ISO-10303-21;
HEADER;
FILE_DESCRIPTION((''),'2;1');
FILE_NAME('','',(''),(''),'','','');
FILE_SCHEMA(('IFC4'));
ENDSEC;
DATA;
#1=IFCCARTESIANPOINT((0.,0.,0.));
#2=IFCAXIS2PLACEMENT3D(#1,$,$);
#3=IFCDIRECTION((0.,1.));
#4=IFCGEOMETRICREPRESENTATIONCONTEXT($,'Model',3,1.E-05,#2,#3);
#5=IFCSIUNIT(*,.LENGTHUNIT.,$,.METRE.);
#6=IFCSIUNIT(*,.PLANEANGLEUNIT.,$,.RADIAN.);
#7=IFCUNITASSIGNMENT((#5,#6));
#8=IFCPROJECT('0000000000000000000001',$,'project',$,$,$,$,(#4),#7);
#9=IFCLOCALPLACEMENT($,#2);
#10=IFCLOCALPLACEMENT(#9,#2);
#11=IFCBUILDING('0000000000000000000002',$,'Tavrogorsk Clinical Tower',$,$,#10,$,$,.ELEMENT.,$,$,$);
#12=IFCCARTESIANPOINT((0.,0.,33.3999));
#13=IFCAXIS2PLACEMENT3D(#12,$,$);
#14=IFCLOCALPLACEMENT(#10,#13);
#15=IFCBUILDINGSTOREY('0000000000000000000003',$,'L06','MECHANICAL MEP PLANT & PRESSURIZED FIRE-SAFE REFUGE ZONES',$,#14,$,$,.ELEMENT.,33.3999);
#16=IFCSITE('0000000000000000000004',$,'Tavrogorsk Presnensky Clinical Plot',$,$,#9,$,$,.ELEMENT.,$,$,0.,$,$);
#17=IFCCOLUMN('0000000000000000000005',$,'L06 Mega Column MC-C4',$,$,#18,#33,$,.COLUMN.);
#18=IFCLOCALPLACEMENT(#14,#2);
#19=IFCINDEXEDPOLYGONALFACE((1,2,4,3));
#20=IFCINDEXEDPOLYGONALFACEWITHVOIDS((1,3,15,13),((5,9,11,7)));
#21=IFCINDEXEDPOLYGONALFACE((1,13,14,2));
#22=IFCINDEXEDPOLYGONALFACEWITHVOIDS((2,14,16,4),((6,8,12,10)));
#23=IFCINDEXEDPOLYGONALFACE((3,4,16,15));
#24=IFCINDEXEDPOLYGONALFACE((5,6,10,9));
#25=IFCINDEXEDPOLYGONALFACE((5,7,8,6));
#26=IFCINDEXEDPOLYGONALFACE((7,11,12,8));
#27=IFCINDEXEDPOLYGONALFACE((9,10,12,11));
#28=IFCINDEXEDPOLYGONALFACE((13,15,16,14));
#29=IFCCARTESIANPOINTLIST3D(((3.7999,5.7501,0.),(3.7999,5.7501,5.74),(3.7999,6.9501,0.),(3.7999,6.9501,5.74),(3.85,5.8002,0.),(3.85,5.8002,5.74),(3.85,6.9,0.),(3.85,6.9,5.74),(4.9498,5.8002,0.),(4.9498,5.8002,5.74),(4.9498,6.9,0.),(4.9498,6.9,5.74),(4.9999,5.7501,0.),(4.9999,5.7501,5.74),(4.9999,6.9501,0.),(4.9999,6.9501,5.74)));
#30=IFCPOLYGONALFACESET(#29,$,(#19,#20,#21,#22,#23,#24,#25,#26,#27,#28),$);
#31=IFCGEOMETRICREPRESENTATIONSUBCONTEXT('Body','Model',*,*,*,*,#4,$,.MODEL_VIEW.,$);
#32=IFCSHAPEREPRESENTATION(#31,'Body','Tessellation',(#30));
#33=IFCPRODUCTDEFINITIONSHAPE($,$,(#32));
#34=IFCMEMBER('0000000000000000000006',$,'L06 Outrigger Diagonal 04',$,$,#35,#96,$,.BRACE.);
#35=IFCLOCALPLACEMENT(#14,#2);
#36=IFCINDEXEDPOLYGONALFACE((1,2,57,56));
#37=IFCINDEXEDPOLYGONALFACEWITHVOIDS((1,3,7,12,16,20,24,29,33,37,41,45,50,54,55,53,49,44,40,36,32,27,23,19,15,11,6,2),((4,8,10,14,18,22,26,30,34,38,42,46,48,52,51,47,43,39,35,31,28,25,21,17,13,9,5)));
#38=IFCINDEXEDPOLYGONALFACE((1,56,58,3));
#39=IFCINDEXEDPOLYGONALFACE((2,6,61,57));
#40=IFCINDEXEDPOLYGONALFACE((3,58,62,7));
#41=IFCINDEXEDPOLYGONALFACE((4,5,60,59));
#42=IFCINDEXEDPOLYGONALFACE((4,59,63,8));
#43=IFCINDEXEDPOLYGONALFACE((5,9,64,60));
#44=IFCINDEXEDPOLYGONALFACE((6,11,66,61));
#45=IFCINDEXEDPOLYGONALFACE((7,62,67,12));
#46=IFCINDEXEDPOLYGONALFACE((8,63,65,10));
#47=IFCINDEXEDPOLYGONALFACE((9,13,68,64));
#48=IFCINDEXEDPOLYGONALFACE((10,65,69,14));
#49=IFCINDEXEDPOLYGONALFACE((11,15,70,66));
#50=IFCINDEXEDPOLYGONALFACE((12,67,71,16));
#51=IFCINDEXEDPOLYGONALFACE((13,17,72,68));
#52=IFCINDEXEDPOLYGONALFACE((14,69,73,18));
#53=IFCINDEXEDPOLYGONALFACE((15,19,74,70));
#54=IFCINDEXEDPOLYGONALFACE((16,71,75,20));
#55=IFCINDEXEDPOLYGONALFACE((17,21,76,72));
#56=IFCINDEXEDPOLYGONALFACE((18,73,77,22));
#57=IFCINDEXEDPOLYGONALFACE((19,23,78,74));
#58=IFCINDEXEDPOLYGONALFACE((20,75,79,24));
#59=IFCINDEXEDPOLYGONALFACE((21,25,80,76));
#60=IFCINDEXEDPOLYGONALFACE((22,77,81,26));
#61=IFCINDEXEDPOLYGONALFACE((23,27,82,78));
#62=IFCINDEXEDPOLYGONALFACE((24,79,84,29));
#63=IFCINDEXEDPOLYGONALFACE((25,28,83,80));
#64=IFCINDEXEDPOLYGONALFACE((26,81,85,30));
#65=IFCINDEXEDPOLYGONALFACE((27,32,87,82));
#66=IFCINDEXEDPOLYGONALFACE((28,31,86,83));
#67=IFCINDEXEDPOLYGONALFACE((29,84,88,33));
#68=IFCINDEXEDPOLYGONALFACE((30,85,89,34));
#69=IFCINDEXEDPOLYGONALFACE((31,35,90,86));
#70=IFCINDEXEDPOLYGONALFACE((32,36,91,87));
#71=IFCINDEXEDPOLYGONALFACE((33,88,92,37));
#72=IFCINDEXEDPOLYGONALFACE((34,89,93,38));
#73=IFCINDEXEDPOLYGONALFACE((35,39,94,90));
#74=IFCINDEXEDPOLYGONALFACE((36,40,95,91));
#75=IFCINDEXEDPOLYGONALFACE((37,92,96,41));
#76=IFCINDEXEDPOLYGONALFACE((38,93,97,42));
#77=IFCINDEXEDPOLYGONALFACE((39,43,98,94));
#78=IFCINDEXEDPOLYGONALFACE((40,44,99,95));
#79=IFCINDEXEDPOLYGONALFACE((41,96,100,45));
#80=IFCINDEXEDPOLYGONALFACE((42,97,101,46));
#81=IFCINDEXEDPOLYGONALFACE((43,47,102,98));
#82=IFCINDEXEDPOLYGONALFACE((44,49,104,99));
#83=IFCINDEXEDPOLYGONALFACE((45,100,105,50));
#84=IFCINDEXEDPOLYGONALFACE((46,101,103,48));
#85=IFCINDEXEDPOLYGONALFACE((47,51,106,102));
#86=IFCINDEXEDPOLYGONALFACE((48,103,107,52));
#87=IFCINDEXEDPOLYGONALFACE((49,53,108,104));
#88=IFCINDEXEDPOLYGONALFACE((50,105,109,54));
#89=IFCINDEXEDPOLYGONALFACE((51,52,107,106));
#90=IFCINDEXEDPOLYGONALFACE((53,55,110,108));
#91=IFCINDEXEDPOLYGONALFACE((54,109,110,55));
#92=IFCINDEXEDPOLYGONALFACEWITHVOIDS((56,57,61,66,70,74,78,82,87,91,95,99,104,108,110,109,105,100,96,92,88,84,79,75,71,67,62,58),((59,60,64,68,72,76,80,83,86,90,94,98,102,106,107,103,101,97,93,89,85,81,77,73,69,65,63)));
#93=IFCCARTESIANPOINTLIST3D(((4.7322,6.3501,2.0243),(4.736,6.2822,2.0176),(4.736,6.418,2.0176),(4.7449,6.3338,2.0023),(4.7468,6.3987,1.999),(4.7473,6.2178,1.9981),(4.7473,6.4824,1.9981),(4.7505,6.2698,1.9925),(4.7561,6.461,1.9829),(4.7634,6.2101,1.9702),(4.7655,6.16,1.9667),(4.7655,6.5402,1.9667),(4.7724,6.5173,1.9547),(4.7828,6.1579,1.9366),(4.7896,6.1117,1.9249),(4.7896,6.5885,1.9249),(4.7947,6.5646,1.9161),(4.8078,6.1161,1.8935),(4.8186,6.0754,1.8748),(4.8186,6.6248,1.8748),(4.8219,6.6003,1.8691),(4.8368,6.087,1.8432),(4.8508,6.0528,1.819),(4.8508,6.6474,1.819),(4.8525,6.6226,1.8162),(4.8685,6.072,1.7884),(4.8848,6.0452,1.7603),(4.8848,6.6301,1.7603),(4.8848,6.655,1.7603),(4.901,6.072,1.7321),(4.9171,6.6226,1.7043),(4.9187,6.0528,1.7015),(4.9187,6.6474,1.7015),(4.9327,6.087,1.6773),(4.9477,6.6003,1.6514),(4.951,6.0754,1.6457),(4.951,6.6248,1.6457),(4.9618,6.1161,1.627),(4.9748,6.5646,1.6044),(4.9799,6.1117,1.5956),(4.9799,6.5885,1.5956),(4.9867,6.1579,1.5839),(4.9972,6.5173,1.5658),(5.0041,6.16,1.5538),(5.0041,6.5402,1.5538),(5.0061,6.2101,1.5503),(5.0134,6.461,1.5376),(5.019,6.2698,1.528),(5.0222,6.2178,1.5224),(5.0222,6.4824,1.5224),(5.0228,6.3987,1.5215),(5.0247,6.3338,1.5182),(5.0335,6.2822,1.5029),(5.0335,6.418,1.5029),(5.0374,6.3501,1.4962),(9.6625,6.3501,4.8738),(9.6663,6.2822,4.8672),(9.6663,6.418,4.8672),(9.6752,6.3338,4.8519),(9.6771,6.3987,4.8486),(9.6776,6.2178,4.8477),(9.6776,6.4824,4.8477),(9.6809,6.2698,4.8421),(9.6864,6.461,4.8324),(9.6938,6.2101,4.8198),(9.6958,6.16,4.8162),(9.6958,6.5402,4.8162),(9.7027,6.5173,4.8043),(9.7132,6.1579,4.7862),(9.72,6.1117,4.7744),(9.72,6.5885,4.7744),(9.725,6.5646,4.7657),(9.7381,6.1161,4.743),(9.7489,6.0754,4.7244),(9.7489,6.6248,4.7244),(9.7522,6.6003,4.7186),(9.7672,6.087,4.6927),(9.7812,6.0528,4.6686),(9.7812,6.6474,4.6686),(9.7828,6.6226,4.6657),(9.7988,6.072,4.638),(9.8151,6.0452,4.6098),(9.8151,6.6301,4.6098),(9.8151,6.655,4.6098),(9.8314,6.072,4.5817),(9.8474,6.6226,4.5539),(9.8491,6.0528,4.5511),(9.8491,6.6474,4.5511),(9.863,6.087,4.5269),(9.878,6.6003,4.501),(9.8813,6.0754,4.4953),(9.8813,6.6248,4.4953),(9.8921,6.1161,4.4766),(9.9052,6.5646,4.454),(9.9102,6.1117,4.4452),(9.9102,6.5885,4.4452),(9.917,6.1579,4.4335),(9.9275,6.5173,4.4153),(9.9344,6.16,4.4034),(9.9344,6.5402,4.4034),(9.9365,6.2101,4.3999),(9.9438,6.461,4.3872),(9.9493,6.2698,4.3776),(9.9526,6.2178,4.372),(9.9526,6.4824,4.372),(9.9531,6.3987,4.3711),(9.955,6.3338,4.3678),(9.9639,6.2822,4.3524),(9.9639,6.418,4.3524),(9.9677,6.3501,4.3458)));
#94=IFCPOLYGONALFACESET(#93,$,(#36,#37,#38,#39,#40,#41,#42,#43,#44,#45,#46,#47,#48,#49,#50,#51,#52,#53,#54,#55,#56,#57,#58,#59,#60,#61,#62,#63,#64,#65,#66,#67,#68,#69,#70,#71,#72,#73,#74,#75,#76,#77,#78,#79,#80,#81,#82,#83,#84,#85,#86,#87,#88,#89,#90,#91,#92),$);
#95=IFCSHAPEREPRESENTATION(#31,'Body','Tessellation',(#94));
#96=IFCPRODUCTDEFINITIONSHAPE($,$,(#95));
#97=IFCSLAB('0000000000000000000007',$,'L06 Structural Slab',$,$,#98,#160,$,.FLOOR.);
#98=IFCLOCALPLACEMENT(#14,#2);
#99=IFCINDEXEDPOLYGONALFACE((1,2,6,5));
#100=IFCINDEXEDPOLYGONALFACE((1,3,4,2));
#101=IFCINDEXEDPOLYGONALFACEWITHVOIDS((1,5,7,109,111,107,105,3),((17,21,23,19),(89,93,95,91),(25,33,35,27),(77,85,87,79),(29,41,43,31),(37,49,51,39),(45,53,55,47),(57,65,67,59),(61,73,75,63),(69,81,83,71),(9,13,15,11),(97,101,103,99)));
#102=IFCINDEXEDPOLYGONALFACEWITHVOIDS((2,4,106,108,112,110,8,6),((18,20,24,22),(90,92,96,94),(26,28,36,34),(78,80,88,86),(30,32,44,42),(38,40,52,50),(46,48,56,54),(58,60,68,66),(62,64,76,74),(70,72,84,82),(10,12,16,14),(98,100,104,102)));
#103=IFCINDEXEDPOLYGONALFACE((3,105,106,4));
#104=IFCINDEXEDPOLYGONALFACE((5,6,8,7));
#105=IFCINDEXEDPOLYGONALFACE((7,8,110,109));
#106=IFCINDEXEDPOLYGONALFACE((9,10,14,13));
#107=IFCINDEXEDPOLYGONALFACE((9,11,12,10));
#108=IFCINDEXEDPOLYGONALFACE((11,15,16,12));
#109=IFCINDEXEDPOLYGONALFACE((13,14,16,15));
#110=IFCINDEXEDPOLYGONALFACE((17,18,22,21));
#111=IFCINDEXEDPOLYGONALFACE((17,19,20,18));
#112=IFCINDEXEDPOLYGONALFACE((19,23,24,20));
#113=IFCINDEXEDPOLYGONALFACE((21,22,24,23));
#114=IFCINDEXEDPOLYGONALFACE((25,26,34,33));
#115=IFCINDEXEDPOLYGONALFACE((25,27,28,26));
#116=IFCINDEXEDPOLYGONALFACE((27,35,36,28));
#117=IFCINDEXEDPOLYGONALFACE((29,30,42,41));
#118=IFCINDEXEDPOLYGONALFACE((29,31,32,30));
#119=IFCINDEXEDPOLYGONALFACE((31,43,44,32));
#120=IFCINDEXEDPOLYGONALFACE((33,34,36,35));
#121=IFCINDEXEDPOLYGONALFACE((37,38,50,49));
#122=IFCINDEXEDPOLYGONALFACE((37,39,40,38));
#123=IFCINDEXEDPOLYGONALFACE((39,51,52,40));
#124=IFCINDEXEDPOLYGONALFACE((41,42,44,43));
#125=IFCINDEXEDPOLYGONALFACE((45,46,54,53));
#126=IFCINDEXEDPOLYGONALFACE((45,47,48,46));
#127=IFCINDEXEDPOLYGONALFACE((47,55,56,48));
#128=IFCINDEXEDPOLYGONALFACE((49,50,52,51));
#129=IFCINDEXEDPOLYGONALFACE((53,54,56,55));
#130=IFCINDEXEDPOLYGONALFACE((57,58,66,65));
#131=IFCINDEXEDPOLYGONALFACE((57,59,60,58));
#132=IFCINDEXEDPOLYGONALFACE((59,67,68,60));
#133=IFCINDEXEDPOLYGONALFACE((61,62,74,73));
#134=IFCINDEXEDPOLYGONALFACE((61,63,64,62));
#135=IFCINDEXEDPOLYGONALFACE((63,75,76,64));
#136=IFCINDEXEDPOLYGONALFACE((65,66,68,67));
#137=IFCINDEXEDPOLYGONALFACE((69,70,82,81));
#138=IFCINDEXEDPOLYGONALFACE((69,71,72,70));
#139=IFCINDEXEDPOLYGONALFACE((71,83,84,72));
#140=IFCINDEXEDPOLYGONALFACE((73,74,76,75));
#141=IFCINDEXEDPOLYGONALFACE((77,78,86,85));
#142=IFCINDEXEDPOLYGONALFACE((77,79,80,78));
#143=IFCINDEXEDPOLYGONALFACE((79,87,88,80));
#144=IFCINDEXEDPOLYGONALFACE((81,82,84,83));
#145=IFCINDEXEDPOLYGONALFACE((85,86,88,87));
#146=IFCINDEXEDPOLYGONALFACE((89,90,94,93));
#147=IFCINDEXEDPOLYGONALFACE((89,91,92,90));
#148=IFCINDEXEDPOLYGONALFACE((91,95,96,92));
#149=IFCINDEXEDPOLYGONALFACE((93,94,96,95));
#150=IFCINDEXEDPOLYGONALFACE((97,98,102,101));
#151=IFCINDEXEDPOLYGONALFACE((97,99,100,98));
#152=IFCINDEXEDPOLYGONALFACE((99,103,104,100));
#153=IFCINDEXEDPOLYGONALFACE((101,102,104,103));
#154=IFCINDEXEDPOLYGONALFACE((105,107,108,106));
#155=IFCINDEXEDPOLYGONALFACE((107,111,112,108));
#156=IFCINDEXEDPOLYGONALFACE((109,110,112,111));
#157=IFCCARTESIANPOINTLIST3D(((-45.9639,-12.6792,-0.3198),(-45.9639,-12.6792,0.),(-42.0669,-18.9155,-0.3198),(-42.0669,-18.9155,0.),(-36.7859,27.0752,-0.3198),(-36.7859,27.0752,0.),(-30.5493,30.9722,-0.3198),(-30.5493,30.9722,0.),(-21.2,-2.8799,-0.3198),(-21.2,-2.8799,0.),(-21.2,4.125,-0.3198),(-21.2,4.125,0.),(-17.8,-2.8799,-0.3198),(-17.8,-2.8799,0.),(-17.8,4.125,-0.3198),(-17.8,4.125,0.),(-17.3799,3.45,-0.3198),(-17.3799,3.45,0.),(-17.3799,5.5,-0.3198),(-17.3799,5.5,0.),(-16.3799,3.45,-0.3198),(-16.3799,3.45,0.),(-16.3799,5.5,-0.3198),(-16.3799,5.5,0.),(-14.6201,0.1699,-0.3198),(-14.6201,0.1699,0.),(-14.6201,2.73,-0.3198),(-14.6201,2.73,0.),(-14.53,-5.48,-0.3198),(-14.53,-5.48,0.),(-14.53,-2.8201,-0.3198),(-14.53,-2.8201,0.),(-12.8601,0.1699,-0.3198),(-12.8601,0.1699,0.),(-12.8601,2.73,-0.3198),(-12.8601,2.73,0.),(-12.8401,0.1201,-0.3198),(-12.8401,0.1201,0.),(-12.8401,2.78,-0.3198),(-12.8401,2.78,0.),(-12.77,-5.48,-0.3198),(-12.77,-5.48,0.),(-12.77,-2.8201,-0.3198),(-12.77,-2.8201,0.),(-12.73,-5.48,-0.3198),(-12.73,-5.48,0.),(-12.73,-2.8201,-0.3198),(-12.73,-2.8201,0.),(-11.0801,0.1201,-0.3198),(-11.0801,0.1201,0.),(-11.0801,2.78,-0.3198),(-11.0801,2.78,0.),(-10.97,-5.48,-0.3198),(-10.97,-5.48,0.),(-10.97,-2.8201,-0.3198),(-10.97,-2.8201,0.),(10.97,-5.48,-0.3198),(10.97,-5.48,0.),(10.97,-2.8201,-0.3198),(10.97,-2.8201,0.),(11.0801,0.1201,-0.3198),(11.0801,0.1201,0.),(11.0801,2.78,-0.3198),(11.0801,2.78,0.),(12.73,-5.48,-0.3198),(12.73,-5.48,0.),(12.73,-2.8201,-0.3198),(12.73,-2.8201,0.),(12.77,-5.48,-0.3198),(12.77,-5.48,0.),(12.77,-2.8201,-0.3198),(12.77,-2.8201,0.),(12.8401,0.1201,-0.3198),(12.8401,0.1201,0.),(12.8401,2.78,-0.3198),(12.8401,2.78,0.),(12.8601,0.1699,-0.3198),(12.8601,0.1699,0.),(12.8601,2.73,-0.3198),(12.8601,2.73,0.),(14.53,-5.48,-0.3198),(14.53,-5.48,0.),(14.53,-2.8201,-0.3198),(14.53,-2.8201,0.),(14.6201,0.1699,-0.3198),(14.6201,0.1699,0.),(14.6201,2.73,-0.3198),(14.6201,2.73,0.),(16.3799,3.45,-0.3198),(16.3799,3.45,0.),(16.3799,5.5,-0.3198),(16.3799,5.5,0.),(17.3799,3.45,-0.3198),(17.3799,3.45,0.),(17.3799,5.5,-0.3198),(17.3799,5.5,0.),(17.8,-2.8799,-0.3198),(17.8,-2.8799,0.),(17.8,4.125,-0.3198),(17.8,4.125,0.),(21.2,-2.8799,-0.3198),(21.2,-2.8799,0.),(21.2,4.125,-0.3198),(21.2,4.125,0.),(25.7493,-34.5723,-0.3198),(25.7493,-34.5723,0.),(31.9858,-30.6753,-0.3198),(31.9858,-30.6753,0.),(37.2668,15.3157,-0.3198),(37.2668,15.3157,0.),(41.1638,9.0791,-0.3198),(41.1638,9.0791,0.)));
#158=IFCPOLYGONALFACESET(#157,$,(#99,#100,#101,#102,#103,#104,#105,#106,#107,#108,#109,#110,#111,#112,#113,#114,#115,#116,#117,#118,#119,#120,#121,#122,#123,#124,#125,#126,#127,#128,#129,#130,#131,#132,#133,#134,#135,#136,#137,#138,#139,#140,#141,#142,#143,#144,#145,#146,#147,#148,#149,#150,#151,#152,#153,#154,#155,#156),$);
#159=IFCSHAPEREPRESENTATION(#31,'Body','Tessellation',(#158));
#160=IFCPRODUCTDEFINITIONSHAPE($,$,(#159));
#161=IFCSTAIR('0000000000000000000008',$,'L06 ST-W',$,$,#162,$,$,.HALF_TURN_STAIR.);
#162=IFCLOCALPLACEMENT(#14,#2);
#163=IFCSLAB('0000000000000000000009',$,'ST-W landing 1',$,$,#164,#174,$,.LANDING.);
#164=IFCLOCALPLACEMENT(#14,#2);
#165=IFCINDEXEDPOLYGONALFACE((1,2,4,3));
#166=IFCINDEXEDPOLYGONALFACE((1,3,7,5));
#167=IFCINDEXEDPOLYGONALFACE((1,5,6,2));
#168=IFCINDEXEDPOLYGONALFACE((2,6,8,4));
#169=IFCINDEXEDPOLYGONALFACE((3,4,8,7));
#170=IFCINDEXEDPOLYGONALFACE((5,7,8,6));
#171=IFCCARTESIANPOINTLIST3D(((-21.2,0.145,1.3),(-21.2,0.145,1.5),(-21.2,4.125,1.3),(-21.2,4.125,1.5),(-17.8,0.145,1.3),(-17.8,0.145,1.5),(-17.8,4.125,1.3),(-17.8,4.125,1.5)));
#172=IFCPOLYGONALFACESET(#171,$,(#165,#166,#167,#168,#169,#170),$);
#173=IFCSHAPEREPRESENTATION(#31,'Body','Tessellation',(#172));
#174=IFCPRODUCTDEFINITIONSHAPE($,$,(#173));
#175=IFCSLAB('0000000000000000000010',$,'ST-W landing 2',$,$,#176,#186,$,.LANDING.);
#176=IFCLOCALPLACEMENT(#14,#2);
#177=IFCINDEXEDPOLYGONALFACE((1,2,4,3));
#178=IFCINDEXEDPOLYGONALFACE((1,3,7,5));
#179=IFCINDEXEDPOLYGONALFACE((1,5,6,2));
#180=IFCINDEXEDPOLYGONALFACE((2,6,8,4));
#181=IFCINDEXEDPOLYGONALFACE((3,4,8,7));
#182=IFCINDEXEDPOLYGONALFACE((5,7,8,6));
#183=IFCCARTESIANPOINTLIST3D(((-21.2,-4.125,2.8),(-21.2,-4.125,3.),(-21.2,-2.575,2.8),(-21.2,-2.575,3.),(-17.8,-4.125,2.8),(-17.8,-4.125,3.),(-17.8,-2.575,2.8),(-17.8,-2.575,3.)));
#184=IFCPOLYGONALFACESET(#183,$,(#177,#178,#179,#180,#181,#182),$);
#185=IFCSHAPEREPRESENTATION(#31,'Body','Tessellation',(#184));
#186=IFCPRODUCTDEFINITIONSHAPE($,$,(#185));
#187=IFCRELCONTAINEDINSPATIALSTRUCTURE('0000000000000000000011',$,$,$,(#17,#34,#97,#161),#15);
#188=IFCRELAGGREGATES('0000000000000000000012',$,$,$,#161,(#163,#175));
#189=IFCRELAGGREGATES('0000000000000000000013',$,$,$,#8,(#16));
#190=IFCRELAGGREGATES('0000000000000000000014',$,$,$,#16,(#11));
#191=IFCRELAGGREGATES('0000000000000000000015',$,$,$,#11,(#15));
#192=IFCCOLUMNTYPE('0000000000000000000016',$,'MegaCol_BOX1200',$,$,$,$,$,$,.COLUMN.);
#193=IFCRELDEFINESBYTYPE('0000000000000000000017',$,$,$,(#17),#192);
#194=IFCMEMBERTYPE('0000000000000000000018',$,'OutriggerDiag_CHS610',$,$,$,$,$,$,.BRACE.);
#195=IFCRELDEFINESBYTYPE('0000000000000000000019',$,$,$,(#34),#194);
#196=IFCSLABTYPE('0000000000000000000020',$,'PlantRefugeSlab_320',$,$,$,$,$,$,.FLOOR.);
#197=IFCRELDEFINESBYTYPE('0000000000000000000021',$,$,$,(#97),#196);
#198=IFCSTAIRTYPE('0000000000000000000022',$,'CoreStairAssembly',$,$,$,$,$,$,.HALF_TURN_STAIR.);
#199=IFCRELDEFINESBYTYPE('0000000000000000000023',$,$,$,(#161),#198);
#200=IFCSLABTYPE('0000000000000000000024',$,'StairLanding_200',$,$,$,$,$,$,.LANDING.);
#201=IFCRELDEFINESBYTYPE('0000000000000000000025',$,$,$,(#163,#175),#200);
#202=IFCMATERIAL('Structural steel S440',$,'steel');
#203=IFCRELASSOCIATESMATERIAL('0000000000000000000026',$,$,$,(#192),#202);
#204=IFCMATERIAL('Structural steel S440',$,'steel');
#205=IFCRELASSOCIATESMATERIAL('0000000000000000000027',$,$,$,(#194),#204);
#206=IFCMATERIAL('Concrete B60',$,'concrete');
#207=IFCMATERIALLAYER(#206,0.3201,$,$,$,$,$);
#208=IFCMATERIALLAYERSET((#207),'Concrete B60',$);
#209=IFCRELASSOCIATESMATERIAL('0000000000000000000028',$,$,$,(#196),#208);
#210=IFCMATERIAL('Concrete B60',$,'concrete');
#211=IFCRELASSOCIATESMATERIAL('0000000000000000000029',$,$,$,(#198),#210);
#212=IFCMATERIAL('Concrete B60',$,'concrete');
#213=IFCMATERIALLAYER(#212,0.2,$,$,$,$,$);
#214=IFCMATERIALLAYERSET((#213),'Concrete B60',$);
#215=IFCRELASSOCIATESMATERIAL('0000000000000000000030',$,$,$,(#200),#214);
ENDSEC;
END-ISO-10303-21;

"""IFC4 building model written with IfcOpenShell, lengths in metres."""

from ifc_helpers import new_model, si_unit, direction, frame, origin, origin_2d, place, context, subcontext, project, spatial, polyline, hollow_rectangle, hollow_circle, outline, extrude, material, layer, layer_set, material_profile, profile_set, type_object, element, aggregate, save


model = new_model("IFC4")

# Units and contexts
model_context = context("Model", 3, precision=1e-05, world=origin(), true_north=direction((0.0, 1.0)))
body_context = subcontext(model_context, "Body", "Model", "MODEL_VIEW")
ifc_project = project(units=[si_unit("LENGTHUNIT", "METRE"), si_unit("PLANEANGLEUNIT", "RADIAN")], contexts=[model_context])

# Site, building, storey
site_placement = place(None, origin())
site = spatial("IfcSite", under=ifc_project, at=site_placement, Name="Tavrogorsk Presnensky Clinical Plot", CompositionType="ELEMENT", RefElevation=0.0)
building_placement = place(site_placement, origin())
building = spatial("IfcBuilding", under=site, at=building_placement, Name="Tavrogorsk Clinical Tower", CompositionType="ELEMENT")
storey_placement = place(building_placement, frame((0.0, 0.0, 33.3999)))
storey = spatial("IfcBuildingStorey", under=building, at=storey_placement, Name="L06", Description="MECHANICAL MEP PLANT & PRESSURIZED FIRE-SAFE REFUGE ZONES", CompositionType="ELEMENT", Elevation=33.3999)

# Column
ifc_material_1 = material(Name="Structural steel S440", Category="steel")
ifc_material_profile_1 = material_profile(ifc_material_1, hollow_rectangle(XDim=1.2, YDim=1.2, WallThickness=0.05, at=origin_2d()), Name="BOX-1200x1200x50")
ifc_profile_set_1 = profile_set([ifc_material_profile_1], Name="Structural steel S440")
column_type = type_object("IfcColumnType", Name="MegaCol_BOX1200", PredefinedType="COLUMN", material=ifc_profile_set_1)
column_placement = place(storey_placement, frame((4.3999, 6.3501, 0.0), z_axis=(0.0, 0.0, 1.0), x_axis=(1.0, 0.0, 0.0)))
element("IfcColumn", 1, at=column_placement, inside=storey, type_object=column_type, Name="L06 Mega Column MC-C4", PredefinedType="COLUMN", context=body_context, shape_type="SweptSolid", body=[
    extrude(hollow_rectangle(XDim=1.2, YDim=1.2, WallThickness=0.05, at=origin_2d()), origin(), (0.0, 0.0, 1.0), 5.74),
])

# Member
ifc_material_2 = material(Name="Structural steel S440", Category="steel")
ifc_material_profile_2 = material_profile(ifc_material_2, hollow_circle(Radius=0.3049, WallThickness=0.0249, at=origin_2d()), Name="CHS-610x25")
ifc_profile_set_2 = profile_set([ifc_material_profile_2], Name="Structural steel S440")
member_type = type_object("IfcMemberType", Name="OutriggerDiag_CHS610", PredefinedType="BRACE", material=ifc_profile_set_2)
member_placement = place(storey_placement, frame((4.8848, 6.3501, 1.7603), z_axis=(0.865795, 0.0, 0.500399), x_axis=(0.0, 1.0, 0.0)))
element("IfcMember", 2, at=member_placement, inside=storey, type_object=member_type, Name="L06 Outrigger Diagonal 04", PredefinedType="BRACE", context=body_context, shape_type="SweptSolid", body=[
    extrude(hollow_circle(Radius=0.3049, WallThickness=0.0249, at=origin_2d()), origin(), (0.0, 0.0, 1.0), 5.6946),
])

# Slab
ifc_material_3 = material(Name="Concrete B60", Category="concrete")
ifc_layer_1 = layer(ifc_material_3, 0.3201)
ifc_layer_set_1 = layer_set([ifc_layer_1], Name="Concrete B60")
slab_type_1 = type_object("IfcSlabType", Name="PlantRefugeSlab_320", PredefinedType="FLOOR", material=ifc_layer_set_1)
slab_1_placement = place(storey_placement, frame((0.0, 0.0, -0.3198)))
element("IfcSlab", 3, at=slab_1_placement, inside=storey, type_object=slab_type_1, Name="L06 Structural Slab", PredefinedType="FLOOR", context=body_context, shape_type="SweptSolid", body=[
    extrude(outline(polyline([(-42.0669, -18.9155), (25.7493, -34.5723), (31.9858, -30.6753), (41.1638, 9.0791), (37.2668, 15.3157), (-30.5493, 30.9722), (-36.7859, 27.0752), (-45.9639, -12.6792), (-42.0669, -18.9155)]), holes=[polyline([(-17.8, -2.8799), (-17.8, 4.125), (-21.2, 4.125), (-21.2, -2.8799), (-17.8, -2.8799)]), polyline([(21.2, -2.8799), (21.2, 4.125), (17.8, 4.125), (17.8, -2.8799), (21.2, -2.8799)]), polyline([(-14.6201, 0.1699), (-12.8601, 0.1699), (-12.8601, 2.73), (-14.6201, 2.73), (-14.6201, 0.1699)]), polyline([(-14.53, -5.48), (-12.77, -5.48), (-12.77, -2.8201), (-14.53, -2.8201), (-14.53, -5.48)]), polyline([(-12.73, -5.48), (-10.97, -5.48), (-10.97, -2.8201), (-12.73, -2.8201), (-12.73, -5.48)]), polyline([(-12.8401, 0.1201), (-11.0801, 0.1201), (-11.0801, 2.78), (-12.8401, 2.78), (-12.8401, 0.1201)]), polyline([(12.8601, 0.1699), (14.6201, 0.1699), (14.6201, 2.73), (12.8601, 2.73), (12.8601, 0.1699)]), polyline([(12.77, -5.48), (14.53, -5.48), (14.53, -2.8201), (12.77, -2.8201), (12.77, -5.48)]), polyline([(10.97, -5.48), (12.73, -5.48), (12.73, -2.8201), (10.97, -2.8201), (10.97, -5.48)]), polyline([(11.0801, 0.1201), (12.8401, 0.1201), (12.8401, 2.78), (11.0801, 2.78), (11.0801, 0.1201)]), polyline([(-17.3799, 3.45), (-16.3799, 3.45), (-16.3799, 5.5), (-17.3799, 5.5), (-17.3799, 3.45)]), polyline([(16.3799, 3.45), (17.3799, 3.45), (17.3799, 5.5), (16.3799, 5.5), (16.3799, 3.45)])]), origin(), (0.0, 0.0, 1.0), 0.3198),
])

# Stair, slabs
ifc_material_4 = material(Name="Concrete B60", Category="concrete")
stair_type = type_object("IfcStairType", Name="CoreStairAssembly", PredefinedType="HALF_TURN_STAIR", material=ifc_material_4)
stair_1_placement = place(storey_placement, origin())
stair_1 = element("IfcStair", 4, at=stair_1_placement, inside=storey, type_object=stair_type, Name="L06 ST-W", PredefinedType="HALF_TURN_STAIR")
ifc_material_5 = material(Name="Concrete B60", Category="concrete")
ifc_layer_2 = layer(ifc_material_5, 0.2)
ifc_layer_set_2 = layer_set([ifc_layer_2], Name="Concrete B60")
slab_type_2 = type_object("IfcSlabType", Name="StairLanding_200", PredefinedType="LANDING", material=ifc_layer_set_2)
slab_2_placement = place(storey_placement, frame((0.0, 0.0, 1.3)))
slab_2 = element("IfcSlab", 5, at=slab_2_placement, type_object=slab_type_2, Name="ST-W landing 1", PredefinedType="LANDING", context=body_context, shape_type="SweptSolid", body=[
    extrude(outline(polyline([(-17.8, 0.145), (-17.8, 4.125), (-21.2, 4.125), (-21.2, 0.145), (-17.8, 0.145)])), origin(), (0.0, 0.0, 1.0), 0.2),
])
slab_3_placement = place(storey_placement, frame((0.0, 0.0, 2.8)))
slab_3 = element("IfcSlab", 6, at=slab_3_placement, type_object=slab_type_2, Name="ST-W landing 2", PredefinedType="LANDING", context=body_context, shape_type="SweptSolid", body=[
    extrude(outline(polyline([(-17.8, -4.125), (-17.8, -2.575), (-21.2, -2.575), (-21.2, -4.125), (-17.8, -4.125)])), origin(), (0.0, 0.0, 1.0), 0.2),
])
aggregate(stair_1, [slab_2, slab_3])

save(model, "model.ifc")
